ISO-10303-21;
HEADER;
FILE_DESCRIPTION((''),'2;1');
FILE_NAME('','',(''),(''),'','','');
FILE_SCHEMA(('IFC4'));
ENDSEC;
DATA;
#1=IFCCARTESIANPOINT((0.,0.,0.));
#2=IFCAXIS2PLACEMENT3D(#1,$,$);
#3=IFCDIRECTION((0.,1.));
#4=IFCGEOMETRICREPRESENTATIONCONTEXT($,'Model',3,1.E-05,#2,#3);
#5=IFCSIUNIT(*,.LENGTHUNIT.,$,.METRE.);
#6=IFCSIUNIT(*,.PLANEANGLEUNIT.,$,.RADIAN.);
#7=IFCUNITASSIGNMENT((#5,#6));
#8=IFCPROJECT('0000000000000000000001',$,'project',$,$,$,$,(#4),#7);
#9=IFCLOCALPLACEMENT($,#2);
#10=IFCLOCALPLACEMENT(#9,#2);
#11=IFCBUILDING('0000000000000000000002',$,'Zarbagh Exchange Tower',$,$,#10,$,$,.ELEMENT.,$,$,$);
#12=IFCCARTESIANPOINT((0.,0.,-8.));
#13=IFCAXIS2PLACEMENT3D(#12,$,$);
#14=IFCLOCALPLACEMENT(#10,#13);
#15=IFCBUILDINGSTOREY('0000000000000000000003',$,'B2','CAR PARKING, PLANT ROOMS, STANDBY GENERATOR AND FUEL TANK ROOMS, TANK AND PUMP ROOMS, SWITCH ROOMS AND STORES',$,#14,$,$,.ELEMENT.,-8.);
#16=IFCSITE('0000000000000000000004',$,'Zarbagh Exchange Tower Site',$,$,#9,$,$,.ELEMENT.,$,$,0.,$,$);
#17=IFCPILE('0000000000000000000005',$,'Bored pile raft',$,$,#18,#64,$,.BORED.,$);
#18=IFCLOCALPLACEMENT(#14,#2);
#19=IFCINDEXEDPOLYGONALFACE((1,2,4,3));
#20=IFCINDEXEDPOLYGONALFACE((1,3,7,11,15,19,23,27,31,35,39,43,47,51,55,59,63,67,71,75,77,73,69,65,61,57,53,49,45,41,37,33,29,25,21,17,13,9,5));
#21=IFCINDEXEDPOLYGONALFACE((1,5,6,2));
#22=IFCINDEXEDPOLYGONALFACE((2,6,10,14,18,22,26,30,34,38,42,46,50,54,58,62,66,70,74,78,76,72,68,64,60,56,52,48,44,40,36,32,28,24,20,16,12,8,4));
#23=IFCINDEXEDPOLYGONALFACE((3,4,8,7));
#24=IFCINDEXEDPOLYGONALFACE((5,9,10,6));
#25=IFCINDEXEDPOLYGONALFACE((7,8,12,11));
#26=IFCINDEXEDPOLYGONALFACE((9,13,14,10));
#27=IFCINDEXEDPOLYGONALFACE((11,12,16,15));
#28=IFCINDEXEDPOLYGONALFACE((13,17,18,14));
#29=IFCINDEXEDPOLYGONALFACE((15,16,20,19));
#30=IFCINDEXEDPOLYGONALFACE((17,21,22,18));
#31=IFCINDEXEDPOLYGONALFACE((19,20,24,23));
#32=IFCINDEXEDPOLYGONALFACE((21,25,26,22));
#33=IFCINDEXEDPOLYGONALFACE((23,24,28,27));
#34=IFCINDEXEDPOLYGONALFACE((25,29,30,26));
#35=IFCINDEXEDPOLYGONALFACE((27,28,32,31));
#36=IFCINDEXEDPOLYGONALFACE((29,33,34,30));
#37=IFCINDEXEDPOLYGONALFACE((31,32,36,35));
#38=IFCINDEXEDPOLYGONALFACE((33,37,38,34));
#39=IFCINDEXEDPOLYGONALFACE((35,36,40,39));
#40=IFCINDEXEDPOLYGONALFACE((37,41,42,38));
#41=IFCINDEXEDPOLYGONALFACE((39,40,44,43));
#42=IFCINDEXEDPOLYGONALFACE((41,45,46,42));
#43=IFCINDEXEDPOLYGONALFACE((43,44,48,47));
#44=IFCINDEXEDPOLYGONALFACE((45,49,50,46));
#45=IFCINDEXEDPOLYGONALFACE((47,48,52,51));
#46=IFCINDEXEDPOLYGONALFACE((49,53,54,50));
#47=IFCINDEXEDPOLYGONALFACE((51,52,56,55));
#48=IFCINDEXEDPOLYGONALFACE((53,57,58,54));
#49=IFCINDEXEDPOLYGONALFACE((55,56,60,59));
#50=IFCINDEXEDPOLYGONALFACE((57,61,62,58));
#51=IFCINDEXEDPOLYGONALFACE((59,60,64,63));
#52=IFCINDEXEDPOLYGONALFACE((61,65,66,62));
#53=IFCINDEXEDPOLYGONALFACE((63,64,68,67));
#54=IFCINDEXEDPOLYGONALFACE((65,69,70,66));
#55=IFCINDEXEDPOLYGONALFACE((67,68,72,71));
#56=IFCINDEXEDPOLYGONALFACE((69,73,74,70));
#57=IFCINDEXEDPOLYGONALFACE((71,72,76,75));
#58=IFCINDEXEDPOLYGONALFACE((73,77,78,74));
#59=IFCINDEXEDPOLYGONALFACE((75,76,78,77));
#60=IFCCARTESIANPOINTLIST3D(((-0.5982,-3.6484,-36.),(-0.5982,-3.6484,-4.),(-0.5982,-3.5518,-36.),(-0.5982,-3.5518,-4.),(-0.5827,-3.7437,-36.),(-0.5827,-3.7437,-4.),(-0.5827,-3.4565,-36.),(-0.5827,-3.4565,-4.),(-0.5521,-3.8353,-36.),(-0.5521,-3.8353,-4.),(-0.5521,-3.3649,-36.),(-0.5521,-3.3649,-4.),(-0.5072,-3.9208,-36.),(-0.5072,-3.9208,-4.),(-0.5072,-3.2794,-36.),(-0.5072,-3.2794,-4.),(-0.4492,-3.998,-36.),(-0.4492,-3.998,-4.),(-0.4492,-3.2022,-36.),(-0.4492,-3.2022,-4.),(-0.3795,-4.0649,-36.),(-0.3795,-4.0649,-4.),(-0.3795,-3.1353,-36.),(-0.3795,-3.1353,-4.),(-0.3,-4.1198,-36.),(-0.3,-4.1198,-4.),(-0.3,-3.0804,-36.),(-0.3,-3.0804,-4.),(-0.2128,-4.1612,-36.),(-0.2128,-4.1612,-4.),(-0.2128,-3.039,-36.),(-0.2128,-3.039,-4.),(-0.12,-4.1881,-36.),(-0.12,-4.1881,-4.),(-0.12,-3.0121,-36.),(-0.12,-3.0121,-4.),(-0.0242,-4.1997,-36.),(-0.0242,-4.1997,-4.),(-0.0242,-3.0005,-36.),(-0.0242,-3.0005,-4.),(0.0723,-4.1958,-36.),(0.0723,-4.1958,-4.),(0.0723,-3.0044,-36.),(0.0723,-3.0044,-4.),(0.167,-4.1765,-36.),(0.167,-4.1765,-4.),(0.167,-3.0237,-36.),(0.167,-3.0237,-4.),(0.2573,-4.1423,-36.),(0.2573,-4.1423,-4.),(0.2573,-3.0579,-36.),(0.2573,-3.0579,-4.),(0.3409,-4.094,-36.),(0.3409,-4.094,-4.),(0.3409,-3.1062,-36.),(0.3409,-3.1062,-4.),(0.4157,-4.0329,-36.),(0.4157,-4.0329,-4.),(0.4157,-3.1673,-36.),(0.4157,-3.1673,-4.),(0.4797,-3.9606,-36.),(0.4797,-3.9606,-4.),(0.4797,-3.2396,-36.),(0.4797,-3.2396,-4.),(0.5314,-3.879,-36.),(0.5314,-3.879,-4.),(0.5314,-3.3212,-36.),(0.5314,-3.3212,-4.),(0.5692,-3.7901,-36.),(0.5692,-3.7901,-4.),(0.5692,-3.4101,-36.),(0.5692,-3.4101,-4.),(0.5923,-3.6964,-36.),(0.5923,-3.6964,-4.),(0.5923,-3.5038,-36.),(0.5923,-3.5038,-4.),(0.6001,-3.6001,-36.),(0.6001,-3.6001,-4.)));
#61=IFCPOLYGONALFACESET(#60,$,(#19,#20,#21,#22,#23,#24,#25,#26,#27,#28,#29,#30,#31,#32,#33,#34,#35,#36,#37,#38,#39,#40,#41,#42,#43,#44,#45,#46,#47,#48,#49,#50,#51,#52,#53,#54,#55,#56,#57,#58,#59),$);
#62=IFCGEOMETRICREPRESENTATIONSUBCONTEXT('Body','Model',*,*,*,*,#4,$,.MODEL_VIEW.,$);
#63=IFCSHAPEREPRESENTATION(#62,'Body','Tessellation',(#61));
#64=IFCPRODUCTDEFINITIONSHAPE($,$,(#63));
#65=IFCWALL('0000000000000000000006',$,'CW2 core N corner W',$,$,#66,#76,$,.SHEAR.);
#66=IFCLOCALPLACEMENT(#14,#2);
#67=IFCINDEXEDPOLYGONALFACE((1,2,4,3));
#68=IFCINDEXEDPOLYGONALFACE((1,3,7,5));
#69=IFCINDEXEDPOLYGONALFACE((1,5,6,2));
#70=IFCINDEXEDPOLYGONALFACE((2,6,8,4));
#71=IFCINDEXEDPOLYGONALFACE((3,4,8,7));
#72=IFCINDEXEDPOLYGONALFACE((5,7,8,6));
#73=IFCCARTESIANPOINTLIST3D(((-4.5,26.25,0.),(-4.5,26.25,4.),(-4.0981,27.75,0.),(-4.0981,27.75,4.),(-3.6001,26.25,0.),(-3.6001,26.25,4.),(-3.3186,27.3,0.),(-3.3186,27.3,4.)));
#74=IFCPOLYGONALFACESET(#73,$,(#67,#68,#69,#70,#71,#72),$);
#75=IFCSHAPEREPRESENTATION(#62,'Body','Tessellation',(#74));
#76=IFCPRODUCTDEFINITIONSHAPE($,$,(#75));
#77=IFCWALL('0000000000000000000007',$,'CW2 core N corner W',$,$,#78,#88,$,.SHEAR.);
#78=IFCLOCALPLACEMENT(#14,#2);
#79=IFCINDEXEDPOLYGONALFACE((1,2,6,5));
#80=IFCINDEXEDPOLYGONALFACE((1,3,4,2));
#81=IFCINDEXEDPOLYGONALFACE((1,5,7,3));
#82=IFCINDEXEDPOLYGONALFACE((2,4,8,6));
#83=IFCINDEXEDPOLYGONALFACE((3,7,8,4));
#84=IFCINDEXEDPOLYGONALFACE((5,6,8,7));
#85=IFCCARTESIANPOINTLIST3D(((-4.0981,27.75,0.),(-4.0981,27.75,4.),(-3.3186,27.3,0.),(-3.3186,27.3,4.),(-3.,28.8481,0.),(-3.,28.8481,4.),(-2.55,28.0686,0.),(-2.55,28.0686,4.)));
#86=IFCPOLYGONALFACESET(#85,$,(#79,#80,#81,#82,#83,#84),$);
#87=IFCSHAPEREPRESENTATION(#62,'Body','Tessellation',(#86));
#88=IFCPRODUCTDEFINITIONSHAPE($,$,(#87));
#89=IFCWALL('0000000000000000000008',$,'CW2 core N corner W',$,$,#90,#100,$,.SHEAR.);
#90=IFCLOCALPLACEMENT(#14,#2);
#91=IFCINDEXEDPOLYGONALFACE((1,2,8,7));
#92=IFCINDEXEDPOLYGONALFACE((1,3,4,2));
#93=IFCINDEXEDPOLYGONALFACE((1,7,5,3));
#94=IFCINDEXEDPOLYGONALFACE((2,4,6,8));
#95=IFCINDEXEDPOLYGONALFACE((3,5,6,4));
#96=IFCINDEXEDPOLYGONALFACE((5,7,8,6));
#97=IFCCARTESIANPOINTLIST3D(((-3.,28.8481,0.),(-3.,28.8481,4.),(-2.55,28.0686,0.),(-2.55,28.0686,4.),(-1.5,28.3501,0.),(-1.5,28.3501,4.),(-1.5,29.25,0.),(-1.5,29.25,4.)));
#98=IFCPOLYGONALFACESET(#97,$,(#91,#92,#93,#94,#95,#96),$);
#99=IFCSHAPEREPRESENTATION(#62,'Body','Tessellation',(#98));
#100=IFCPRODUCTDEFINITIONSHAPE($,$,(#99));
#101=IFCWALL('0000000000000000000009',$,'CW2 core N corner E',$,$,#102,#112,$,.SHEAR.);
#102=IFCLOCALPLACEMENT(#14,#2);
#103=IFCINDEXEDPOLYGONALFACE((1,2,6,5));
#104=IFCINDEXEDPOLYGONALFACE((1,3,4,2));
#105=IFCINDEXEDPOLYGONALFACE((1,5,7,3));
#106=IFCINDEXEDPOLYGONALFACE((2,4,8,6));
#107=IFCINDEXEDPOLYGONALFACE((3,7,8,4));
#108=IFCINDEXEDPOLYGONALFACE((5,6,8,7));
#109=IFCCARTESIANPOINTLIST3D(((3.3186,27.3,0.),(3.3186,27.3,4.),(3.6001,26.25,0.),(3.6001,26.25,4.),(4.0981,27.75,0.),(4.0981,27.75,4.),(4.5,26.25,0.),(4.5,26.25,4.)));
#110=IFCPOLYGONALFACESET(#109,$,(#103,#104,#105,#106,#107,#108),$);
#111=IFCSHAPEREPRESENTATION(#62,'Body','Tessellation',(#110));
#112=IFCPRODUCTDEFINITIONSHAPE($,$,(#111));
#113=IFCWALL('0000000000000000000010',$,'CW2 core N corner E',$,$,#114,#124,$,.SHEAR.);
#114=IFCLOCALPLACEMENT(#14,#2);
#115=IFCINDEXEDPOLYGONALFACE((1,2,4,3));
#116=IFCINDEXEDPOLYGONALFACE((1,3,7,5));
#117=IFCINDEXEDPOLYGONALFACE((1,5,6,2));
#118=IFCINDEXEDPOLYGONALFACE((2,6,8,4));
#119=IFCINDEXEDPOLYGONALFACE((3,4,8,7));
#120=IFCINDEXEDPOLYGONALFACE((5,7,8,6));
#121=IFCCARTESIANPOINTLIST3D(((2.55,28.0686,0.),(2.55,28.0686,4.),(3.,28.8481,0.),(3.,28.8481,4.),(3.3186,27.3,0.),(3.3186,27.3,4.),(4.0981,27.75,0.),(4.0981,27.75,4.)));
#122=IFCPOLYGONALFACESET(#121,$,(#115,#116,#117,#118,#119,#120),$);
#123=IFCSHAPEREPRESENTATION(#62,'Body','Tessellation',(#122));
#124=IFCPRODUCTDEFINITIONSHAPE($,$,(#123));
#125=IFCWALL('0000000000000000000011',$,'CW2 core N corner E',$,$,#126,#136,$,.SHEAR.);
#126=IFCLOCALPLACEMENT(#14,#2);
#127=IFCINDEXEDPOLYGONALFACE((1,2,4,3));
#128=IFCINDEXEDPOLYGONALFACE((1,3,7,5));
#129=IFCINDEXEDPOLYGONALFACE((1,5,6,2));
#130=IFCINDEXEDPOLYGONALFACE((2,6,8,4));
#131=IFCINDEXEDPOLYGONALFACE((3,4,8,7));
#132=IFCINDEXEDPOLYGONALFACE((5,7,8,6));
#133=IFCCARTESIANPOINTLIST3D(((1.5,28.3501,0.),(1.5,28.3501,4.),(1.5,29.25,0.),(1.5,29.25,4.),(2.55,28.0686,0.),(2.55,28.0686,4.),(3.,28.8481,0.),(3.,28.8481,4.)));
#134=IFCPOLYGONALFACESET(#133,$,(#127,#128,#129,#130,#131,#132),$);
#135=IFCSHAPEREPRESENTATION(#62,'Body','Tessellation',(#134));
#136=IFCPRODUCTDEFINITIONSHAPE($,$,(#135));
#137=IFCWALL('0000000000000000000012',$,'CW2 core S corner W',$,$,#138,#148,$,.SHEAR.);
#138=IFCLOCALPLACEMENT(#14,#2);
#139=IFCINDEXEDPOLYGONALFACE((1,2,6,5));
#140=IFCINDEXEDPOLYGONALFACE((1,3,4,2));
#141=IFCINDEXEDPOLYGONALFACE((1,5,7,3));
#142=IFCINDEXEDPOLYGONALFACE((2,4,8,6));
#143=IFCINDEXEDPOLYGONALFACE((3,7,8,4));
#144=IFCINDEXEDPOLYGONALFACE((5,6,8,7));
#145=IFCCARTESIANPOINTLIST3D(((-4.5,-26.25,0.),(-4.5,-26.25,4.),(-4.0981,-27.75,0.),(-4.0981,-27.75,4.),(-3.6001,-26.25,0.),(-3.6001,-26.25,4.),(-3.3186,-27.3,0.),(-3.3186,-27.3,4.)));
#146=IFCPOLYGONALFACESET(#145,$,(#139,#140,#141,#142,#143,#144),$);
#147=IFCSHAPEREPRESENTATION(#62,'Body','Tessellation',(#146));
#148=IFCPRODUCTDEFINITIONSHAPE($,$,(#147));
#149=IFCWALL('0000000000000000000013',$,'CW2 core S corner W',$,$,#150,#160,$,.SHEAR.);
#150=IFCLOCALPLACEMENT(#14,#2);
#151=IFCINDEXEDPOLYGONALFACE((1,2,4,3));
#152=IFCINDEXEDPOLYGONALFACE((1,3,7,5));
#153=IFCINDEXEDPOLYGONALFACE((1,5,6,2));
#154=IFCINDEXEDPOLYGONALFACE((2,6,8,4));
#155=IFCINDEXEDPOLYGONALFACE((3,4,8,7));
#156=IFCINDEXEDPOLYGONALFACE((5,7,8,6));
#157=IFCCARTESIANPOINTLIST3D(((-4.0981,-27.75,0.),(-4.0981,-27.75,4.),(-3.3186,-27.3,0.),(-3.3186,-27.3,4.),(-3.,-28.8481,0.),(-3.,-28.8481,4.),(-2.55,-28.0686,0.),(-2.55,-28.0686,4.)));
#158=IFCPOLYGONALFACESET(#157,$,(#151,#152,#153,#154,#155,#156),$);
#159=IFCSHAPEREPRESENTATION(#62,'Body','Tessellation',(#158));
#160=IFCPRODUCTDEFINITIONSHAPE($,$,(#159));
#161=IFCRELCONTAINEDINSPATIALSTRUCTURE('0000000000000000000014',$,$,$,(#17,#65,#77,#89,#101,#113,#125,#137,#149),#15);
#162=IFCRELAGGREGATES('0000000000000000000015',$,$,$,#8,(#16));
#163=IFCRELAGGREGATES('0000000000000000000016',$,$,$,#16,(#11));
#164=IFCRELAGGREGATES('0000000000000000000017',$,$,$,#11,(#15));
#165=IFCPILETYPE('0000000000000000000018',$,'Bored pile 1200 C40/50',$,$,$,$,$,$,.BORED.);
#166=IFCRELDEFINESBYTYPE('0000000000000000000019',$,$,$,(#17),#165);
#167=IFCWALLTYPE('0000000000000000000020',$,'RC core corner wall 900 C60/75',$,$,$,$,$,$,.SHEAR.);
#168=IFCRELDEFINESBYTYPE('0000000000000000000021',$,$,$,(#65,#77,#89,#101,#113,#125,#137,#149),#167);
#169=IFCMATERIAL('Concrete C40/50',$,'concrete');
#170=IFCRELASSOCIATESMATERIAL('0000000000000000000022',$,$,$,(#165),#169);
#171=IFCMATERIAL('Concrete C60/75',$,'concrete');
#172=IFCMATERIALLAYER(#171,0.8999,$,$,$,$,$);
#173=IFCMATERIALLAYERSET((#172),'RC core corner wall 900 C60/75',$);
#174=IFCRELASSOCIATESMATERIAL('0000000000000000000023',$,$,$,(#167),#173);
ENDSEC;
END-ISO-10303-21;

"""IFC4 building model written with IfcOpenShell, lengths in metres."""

from ifc_helpers import new_model, si_unit, direction, frame, origin, origin_2d, place, context, subcontext, project, spatial, polyline, circle, outline, extrude, material, layer, layer_set, material_profile, profile_set, type_object, element, save


model = new_model("IFC4")

# Units and contexts
model_context = context("Model", 3, precision=1e-05, world=origin(), true_north=direction((0.0, 1.0)))
body_context = subcontext(model_context, "Body", "Model", "MODEL_VIEW")
ifc_project = project(units=[si_unit("LENGTHUNIT", "METRE"), si_unit("PLANEANGLEUNIT", "RADIAN")], contexts=[model_context])

# Site, building, storey
site_placement = place(None, origin())
site = spatial("IfcSite", under=ifc_project, at=site_placement, Name="Zarbagh Exchange Tower Site", CompositionType="ELEMENT", RefElevation=0.0)
building_placement = place(site_placement, origin())
building = spatial("IfcBuilding", under=site, at=building_placement, Name="Zarbagh Exchange Tower", CompositionType="ELEMENT")
storey_placement = place(building_placement, frame((0.0, 0.0, -8.0)))
storey = spatial("IfcBuildingStorey", under=building, at=storey_placement, Name="B2", Description="CAR PARKING, PLANT ROOMS, STANDBY GENERATOR AND FUEL TANK ROOMS, TANK AND PUMP ROOMS, SWITCH ROOMS AND STORES", CompositionType="ELEMENT", Elevation=-8.0)

# Pile
ifc_material_1 = material(Name="Concrete C40/50", Category="concrete")
ifc_material_profile = material_profile(ifc_material_1, circle(Radius=0.6001, at=origin_2d()), Name="Bored pile 1200 C40/50")
ifc_profile_set = profile_set([ifc_material_profile], Name="Concrete C40/50")
pile_type = type_object("IfcPileType", Name="Bored pile 1200 C40/50", PredefinedType="BORED", material=ifc_profile_set)
for number, where, z_axis, x_axis, name in (
    (1, (0.0, -3.6001, -4.0), (0.0, 0.0, -1.0), (1.0, 0.0, 0.0), "Bored pile raft"),
):
    element("IfcPile", number, at=place(storey_placement, frame(where, z_axis=z_axis, x_axis=x_axis)), inside=storey, type_object=pile_type, Name=name, PredefinedType="BORED", context=body_context, shape_type="SweptSolid", body=[
        extrude(circle(Radius=0.6001, at=origin_2d()), origin(), (0.0, 0.0, 1.0), 32.0),
    ])

# Walls
ifc_material_2 = material(Name="Concrete C60/75", Category="concrete")
ifc_layer_1 = layer(ifc_material_2, 0.8999)
ifc_layer_set_1 = layer_set([ifc_layer_1], Name="RC core corner wall 900 C60/75")
wall_type = type_object("IfcWallType", Name="RC core corner wall 900 C60/75", PredefinedType="SHEAR", material=ifc_layer_set_1)
wall_1_placement = place(storey_placement, origin())
element("IfcWall", 2, at=wall_1_placement, inside=storey, type_object=wall_type, Name="CW2 core N corner W", PredefinedType="SHEAR", context=body_context, shape_type="SweptSolid", body=[
    extrude(outline(polyline([(-4.5, 26.25), (-4.0981, 27.75), (-3.3186, 27.3), (-3.6001, 26.25), (-4.5, 26.25)])), origin(), (0.0, 0.0, 1.0), 4.0),
])
wall_2_placement = place(storey_placement, origin())
element("IfcWall", 3, at=wall_2_placement, inside=storey, type_object=wall_type, Name="CW2 core N corner W", PredefinedType="SHEAR", context=body_context, shape_type="SweptSolid", body=[
    extrude(outline(polyline([(-4.0981, 27.75), (-3.0, 28.8481), (-2.55, 28.0686), (-3.3186, 27.3), (-4.0981, 27.75)])), origin(), (0.0, 0.0, 1.0), 4.0),
])
wall_3_placement = place(storey_placement, origin())
element("IfcWall", 4, at=wall_3_placement, inside=storey, type_object=wall_type, Name="CW2 core N corner W", PredefinedType="SHEAR", context=body_context, shape_type="SweptSolid", body=[
    extrude(outline(polyline([(-3.0, 28.8481), (-1.5, 29.25), (-1.5, 28.3501), (-2.55, 28.0686), (-3.0, 28.8481)])), origin(), (0.0, 0.0, 1.0), 4.0),
])
wall_4_placement = place(storey_placement, origin())
element("IfcWall", 5, at=wall_4_placement, inside=storey, type_object=wall_type, Name="CW2 core N corner E", PredefinedType="SHEAR", context=body_context, shape_type="SweptSolid", body=[
    extrude(outline(polyline([(4.5, 26.25), (4.0981, 27.75), (3.3186, 27.3), (3.6001, 26.25), (4.5, 26.25)])), origin(), (0.0, 0.0, 1.0), 4.0),
])
wall_5_placement = place(storey_placement, origin())
element("IfcWall", 6, at=wall_5_placement, inside=storey, type_object=wall_type, Name="CW2 core N corner E", PredefinedType="SHEAR", context=body_context, shape_type="SweptSolid", body=[
    extrude(outline(polyline([(4.0981, 27.75), (3.0, 28.8481), (2.55, 28.0686), (3.3186, 27.3), (4.0981, 27.75)])), origin(), (0.0, 0.0, 1.0), 4.0),
])
wall_6_placement = place(storey_placement, origin())
element("IfcWall", 7, at=wall_6_placement, inside=storey, type_object=wall_type, Name="CW2 core N corner E", PredefinedType="SHEAR", context=body_context, shape_type="SweptSolid", body=[
    extrude(outline(polyline([(3.0, 28.8481), (1.5, 29.25), (1.5, 28.3501), (2.55, 28.0686), (3.0, 28.8481)])), origin(), (0.0, 0.0, 1.0), 4.0),
])
wall_7_placement = place(storey_placement, origin())
element("IfcWall", 8, at=wall_7_placement, inside=storey, type_object=wall_type, Name="CW2 core S corner W", PredefinedType="SHEAR", context=body_context, shape_type="SweptSolid", body=[
    extrude(outline(polyline([(-4.5, -26.25), (-4.0981, -27.75), (-3.3186, -27.3), (-3.6001, -26.25), (-4.5, -26.25)])), origin(), (0.0, 0.0, 1.0), 4.0),
])
wall_8_placement = place(storey_placement, origin())
element("IfcWall", 9, at=wall_8_placement, inside=storey, type_object=wall_type, Name="CW2 core S corner W", PredefinedType="SHEAR", context=body_context, shape_type="SweptSolid", body=[
    extrude(outline(polyline([(-4.0981, -27.75), (-3.0, -28.8481), (-2.55, -28.0686), (-3.3186, -27.3), (-4.0981, -27.75)])), origin(), (0.0, 0.0, 1.0), 4.0),
])

save(model, "model.ifc")
